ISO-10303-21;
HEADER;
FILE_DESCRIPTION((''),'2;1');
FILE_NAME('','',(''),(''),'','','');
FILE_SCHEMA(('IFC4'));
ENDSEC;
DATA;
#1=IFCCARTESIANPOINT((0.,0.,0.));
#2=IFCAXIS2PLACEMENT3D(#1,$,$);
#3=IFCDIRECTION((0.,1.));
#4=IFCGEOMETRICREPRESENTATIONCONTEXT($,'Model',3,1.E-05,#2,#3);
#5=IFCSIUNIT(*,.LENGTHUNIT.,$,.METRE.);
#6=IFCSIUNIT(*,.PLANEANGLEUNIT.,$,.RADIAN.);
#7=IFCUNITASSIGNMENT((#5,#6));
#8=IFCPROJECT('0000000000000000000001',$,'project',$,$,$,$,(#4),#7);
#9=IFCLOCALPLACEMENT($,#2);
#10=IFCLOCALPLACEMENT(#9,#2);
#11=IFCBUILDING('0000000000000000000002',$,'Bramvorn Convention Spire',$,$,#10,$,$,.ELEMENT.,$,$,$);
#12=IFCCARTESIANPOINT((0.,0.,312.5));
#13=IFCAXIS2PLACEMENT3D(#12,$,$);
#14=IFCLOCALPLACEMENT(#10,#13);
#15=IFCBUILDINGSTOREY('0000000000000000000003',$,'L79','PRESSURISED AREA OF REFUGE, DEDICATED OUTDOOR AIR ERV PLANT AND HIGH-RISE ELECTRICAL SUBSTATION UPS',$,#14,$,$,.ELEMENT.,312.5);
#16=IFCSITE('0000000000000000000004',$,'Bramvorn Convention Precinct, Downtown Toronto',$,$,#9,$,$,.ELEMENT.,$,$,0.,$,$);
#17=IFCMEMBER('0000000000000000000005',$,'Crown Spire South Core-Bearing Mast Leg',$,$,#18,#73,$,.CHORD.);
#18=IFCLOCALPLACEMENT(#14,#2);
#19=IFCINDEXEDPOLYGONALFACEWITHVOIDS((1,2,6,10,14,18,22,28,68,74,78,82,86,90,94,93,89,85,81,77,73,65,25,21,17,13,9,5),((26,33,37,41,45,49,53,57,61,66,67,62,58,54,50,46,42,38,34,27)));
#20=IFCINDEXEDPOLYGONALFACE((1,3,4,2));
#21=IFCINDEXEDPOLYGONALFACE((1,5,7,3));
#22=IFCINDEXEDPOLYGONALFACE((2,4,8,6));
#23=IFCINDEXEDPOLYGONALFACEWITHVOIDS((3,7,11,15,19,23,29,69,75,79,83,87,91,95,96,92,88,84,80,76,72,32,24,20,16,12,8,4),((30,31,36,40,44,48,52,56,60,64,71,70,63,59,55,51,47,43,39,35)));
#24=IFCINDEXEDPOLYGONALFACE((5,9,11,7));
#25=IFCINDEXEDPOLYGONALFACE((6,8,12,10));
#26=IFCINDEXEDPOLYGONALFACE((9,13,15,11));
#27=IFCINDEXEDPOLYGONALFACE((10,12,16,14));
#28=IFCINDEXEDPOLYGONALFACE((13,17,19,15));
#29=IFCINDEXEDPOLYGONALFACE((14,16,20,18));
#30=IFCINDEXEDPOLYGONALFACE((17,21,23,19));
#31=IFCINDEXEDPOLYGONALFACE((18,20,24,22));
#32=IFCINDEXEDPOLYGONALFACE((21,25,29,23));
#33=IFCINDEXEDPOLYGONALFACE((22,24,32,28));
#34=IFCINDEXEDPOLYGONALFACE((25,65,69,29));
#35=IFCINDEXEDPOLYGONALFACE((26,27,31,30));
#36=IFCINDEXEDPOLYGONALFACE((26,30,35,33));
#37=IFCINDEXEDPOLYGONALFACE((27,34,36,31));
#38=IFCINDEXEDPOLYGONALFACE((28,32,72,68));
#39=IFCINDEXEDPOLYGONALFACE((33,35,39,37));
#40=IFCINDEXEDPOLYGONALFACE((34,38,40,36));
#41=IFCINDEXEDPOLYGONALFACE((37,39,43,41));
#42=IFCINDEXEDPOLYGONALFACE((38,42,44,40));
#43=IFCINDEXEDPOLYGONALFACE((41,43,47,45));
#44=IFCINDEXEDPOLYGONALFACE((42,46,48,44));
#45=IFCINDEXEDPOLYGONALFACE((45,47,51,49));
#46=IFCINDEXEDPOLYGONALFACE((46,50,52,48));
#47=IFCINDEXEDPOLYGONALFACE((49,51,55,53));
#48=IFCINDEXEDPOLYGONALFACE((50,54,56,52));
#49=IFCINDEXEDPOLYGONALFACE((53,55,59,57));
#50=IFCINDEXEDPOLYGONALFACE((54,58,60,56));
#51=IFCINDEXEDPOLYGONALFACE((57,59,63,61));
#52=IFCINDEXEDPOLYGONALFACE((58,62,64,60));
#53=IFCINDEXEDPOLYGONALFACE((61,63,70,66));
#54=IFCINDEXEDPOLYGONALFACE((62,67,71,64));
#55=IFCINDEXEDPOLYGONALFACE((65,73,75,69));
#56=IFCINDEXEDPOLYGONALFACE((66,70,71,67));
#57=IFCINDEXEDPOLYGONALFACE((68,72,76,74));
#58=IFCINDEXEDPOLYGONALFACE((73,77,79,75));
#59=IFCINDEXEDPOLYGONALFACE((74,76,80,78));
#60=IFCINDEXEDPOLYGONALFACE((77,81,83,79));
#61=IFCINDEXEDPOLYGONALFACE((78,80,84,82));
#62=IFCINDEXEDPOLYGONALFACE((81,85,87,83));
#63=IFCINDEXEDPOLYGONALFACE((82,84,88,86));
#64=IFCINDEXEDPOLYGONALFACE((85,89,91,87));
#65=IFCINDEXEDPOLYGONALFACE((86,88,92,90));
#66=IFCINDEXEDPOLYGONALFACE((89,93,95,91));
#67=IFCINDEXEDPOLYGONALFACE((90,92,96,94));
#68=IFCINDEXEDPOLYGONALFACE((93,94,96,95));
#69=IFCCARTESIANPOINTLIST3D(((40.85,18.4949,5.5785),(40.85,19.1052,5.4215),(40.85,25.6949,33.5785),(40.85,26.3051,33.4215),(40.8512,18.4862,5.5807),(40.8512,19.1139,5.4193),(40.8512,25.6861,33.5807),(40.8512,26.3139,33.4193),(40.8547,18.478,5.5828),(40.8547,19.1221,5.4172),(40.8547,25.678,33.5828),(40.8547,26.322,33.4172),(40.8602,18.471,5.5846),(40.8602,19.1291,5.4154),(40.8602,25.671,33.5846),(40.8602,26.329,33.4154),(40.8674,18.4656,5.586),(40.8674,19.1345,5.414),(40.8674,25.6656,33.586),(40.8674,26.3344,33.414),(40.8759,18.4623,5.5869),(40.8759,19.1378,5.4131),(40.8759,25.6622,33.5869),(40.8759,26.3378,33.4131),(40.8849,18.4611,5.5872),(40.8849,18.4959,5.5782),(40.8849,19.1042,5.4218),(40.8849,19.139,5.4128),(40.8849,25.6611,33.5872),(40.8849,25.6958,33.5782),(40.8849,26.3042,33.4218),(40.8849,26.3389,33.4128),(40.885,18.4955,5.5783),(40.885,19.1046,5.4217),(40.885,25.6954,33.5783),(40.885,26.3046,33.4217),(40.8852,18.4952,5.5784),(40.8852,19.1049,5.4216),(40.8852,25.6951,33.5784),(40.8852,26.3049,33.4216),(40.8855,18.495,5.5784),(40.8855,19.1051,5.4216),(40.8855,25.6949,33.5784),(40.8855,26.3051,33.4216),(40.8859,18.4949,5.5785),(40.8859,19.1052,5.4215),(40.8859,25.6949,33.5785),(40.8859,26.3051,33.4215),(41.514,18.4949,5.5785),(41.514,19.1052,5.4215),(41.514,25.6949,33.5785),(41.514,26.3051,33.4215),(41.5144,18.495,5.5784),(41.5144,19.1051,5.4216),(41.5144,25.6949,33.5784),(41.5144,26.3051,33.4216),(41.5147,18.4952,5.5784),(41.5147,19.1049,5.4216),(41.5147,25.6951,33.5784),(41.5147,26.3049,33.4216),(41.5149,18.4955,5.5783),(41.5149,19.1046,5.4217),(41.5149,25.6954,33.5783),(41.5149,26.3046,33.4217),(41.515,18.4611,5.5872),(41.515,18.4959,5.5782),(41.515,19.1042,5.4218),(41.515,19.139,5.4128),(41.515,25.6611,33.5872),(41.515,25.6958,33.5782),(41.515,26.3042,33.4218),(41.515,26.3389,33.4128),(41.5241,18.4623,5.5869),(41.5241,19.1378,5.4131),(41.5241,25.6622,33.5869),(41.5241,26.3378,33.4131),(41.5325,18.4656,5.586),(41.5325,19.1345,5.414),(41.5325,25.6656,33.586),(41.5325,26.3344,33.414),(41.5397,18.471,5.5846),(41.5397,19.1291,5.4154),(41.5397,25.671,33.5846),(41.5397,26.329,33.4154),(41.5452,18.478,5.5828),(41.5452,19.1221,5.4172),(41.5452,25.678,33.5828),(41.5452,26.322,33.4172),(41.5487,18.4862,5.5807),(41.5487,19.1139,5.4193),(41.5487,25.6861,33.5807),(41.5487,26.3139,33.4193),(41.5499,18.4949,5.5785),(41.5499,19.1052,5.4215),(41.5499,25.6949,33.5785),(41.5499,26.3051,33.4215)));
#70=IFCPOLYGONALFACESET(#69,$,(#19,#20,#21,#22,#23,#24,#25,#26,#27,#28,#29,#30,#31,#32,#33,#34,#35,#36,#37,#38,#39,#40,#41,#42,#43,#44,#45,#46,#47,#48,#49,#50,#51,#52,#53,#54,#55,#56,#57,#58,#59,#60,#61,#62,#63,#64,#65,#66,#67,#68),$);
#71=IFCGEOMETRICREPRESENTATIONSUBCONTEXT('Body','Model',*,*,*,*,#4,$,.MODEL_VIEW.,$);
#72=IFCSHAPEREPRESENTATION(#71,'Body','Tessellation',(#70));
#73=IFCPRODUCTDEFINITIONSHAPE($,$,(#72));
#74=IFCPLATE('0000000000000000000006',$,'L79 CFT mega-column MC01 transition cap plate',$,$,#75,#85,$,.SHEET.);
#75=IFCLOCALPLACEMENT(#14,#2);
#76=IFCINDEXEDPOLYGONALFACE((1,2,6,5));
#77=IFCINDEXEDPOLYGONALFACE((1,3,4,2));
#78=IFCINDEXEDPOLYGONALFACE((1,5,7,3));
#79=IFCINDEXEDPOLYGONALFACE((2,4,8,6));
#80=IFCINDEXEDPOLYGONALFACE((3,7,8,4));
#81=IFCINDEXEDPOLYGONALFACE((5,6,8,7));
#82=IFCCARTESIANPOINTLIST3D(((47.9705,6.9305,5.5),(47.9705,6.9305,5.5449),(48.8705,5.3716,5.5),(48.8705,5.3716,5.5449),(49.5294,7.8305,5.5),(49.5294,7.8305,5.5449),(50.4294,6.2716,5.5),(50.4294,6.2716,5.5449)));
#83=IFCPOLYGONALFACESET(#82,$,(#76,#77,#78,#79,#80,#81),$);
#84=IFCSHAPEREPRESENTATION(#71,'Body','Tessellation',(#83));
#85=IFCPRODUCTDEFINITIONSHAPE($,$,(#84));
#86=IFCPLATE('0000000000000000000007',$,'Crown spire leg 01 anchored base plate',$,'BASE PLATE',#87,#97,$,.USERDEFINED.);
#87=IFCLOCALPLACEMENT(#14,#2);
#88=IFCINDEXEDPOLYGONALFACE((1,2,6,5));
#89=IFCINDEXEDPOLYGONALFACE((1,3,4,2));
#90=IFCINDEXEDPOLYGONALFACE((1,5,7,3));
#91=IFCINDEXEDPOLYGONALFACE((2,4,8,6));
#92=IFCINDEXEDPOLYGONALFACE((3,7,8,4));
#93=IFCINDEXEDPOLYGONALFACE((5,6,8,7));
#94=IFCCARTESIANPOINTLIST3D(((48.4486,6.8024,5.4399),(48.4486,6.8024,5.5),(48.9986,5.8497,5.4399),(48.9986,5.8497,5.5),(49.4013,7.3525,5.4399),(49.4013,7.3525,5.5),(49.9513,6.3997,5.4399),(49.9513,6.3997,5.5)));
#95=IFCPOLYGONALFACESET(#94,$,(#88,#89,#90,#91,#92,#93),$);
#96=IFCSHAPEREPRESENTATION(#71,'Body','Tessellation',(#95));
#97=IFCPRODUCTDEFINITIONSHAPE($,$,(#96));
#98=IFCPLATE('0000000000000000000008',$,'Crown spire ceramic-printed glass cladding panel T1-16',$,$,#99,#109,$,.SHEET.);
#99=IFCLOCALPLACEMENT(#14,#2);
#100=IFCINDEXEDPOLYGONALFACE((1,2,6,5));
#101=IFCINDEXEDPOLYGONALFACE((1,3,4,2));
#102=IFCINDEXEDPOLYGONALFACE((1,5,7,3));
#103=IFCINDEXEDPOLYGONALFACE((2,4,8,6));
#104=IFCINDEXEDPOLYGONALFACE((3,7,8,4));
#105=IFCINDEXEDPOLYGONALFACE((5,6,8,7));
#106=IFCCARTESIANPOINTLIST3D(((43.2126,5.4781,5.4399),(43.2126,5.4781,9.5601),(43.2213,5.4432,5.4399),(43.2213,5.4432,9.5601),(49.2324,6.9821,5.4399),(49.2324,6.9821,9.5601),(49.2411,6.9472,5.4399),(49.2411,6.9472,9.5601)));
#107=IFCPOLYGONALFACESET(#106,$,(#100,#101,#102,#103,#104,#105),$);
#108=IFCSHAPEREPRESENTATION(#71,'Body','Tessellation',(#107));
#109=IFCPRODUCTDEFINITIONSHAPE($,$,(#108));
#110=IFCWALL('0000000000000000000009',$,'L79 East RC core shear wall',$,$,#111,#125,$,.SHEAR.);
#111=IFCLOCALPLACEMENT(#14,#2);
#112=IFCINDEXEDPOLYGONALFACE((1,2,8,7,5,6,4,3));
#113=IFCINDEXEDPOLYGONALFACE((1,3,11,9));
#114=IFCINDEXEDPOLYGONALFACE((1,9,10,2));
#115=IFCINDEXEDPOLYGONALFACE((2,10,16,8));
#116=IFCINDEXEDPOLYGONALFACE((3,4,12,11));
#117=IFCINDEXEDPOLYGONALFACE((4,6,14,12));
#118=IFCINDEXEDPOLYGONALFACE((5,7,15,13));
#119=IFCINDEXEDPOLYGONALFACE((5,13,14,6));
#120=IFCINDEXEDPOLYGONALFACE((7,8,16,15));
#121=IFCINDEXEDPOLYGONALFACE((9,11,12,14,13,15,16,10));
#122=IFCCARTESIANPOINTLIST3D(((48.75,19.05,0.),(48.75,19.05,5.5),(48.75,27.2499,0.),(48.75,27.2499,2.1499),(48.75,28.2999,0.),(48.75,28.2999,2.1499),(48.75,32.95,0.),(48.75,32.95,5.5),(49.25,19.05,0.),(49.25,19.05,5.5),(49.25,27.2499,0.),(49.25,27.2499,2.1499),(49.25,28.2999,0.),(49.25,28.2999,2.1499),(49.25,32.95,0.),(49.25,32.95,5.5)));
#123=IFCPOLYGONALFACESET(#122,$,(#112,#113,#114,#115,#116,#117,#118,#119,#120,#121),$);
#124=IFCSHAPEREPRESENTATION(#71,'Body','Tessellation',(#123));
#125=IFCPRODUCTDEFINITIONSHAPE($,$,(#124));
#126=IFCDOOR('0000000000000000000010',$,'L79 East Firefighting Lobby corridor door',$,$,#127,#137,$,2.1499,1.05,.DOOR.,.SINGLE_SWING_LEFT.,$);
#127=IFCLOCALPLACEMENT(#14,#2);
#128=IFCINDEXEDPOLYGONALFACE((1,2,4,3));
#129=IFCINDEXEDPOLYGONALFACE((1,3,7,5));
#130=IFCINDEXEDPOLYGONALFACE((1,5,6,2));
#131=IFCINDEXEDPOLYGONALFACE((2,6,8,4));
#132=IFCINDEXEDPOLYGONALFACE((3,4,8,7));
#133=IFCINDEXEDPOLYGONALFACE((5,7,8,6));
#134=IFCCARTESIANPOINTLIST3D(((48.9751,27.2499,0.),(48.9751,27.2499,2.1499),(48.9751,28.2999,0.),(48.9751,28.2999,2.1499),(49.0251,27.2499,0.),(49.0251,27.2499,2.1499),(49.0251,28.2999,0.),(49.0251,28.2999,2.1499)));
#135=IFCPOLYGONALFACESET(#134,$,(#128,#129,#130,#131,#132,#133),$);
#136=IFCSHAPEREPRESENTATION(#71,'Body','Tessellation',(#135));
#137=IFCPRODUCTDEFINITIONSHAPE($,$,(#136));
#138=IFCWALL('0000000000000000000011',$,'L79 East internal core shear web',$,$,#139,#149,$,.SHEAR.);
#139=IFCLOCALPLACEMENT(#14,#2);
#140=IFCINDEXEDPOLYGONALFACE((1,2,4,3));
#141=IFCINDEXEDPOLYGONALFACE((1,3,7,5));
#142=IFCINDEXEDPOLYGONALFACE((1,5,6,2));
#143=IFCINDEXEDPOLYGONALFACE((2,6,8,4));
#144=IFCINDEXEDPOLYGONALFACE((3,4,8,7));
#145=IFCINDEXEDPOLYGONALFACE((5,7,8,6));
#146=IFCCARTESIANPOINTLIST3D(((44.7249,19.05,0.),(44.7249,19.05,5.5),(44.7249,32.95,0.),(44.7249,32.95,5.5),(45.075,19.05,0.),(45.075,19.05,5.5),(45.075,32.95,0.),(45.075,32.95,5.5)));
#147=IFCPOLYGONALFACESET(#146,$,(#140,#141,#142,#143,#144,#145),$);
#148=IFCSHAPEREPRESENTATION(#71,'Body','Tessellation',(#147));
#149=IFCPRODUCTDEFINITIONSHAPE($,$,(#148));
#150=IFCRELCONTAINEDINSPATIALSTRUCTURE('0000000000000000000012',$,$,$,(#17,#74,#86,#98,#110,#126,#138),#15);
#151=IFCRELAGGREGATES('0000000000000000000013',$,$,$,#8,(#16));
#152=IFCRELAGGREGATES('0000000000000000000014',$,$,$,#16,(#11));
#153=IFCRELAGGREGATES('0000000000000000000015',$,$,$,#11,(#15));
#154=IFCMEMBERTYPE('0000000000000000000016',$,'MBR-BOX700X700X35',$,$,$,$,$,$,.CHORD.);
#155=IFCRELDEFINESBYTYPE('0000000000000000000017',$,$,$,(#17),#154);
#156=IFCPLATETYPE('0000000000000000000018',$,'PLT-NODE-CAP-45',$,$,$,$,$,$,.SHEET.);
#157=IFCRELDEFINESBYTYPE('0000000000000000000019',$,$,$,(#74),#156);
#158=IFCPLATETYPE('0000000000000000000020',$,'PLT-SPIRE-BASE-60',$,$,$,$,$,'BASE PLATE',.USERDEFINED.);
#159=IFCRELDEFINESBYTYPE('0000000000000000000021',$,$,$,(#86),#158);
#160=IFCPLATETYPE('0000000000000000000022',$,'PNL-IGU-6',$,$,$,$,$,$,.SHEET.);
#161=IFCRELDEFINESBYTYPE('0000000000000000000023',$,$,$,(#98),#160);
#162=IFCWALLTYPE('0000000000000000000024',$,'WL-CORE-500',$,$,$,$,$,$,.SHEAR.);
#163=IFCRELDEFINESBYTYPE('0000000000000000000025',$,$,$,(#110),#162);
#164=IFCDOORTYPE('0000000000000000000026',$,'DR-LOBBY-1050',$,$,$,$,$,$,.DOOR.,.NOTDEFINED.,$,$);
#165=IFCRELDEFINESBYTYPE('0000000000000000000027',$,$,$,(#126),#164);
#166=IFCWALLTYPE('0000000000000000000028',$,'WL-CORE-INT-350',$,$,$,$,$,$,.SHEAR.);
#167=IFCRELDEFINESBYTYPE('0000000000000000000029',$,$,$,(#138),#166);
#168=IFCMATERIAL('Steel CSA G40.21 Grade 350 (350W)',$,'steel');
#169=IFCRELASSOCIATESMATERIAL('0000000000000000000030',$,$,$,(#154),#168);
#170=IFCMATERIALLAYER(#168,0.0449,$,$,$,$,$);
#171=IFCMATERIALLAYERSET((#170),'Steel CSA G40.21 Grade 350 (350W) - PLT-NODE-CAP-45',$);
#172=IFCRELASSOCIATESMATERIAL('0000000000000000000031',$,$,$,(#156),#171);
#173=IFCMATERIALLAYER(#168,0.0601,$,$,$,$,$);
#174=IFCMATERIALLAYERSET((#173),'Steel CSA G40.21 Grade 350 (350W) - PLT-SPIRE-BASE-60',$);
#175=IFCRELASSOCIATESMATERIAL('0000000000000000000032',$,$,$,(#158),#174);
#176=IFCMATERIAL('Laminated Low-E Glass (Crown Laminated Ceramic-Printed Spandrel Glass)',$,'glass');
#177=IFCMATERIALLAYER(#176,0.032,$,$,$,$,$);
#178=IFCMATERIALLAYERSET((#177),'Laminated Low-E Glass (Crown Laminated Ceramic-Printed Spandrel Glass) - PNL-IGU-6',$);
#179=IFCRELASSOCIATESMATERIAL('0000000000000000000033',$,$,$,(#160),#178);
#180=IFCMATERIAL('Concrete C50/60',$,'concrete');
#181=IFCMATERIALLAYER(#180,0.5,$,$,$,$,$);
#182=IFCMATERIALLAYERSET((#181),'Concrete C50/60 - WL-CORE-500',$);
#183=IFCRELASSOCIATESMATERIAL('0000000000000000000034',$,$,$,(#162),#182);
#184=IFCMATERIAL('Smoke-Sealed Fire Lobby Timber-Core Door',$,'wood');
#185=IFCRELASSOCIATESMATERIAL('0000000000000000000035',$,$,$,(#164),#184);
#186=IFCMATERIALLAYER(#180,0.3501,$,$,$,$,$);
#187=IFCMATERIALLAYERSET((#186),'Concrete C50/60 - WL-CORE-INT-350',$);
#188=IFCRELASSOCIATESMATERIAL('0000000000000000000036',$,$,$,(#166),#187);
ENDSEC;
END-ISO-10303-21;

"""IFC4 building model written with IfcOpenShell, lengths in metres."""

from ifc_helpers import new_model, si_unit, direction, frame, frame_2d, origin, origin_2d, place, context, subcontext, project, spatial, rectangle, hollow_rectangle, extrude, material, layer, layer_set, material_profile, profile_set, type_object, element, fill, save


model = new_model("IFC4")

# Units and contexts
model_context = context("Model", 3, precision=1e-05, world=origin(), true_north=direction((0.0, 1.0)))
body_context = subcontext(model_context, "Body", "Model", "MODEL_VIEW")
ifc_project = project(units=[si_unit("LENGTHUNIT", "METRE"), si_unit("PLANEANGLEUNIT", "RADIAN")], contexts=[model_context])

# Site, building, storey
site_placement = place(None, origin())
site = spatial("IfcSite", under=ifc_project, at=site_placement, Name="Bramvorn Convention Precinct, Downtown Toronto", CompositionType="ELEMENT", RefElevation=0.0)
building_placement = place(site_placement, origin())
building = spatial("IfcBuilding", under=site, at=building_placement, Name="Bramvorn Convention Spire", CompositionType="ELEMENT")
storey_placement = place(building_placement, frame((0.0, 0.0, 312.5)))
storey = spatial("IfcBuildingStorey", under=building, at=storey_placement, Name="L79", Description="PRESSURISED AREA OF REFUGE, DEDICATED OUTDOOR AIR ERV PLANT AND HIGH-RISE ELECTRICAL SUBSTATION UPS", CompositionType="ELEMENT", Elevation=312.5)

# Shared definitions
ifc_material_1 = material(Name="Steel CSA G40.21 Grade 350 (350W)", Category="steel")

# Member
ifc_material_profile_1 = material_profile(ifc_material_1, hollow_rectangle(XDim=0.7, YDim=0.7, WallThickness=0.0349, InnerFilletRadius=0.001, OuterFilletRadius=0.0349, at=origin_2d()))
ifc_profile_set_1 = profile_set([ifc_material_profile_1], Name="Steel CSA G40.21 Grade 350 (350W) - BOX700X700X35")
member_type = type_object("IfcMemberType", Name="MBR-BOX700X700X35", PredefinedType="CHORD", material=ifc_profile_set_1)
member_placement = place(storey_placement, frame((41.2, 18.8, 5.5), z_axis=(0.0, 0.249039, 0.968493), x_axis=(-1.0, 0.0, 0.0)))
element("IfcMember", 1, at=member_placement, inside=storey, type_object=member_type, Name="Crown Spire South Core-Bearing Mast Leg", PredefinedType="CHORD", context=body_context, shape_type="SweptSolid", body=[
    extrude(hollow_rectangle(XDim=0.7, YDim=0.7, WallThickness=0.0349, InnerFilletRadius=0.001, OuterFilletRadius=0.0349, at=origin_2d()), origin(), (0.0, 0.0, 1.0), 28.9109),
])

# Plates
ifc_layer_1 = layer(ifc_material_1, 0.0449)
ifc_layer_set_1 = layer_set([ifc_layer_1], Name="Steel CSA G40.21 Grade 350 (350W) - PLT-NODE-CAP-45")
plate_type_1 = type_object("IfcPlateType", Name="PLT-NODE-CAP-45", PredefinedType="SHEET", material=ifc_layer_set_1)
plate_1_placement = place(storey_placement, frame((49.2, 6.6011, 5.5), z_axis=(0.0, 0.0, 1.0), x_axis=(0.499999, -0.866026, 0.0)))
element("IfcPlate", 2, at=plate_1_placement, inside=storey, type_object=plate_type_1, Name="L79 CFT mega-column MC01 transition cap plate", PredefinedType="SHEET", context=body_context, shape_type="SweptSolid", body=[
    extrude(rectangle(XDim=1.8, YDim=1.8, at=origin_2d()), origin(), (0.0, 0.0, 1.0), 0.0449),
])
ifc_layer_2 = layer(ifc_material_1, 0.0601)
ifc_layer_set_2 = layer_set([ifc_layer_2], Name="Steel CSA G40.21 Grade 350 (350W) - PLT-SPIRE-BASE-60")
plate_type_2 = type_object("IfcPlateType", Name="PLT-SPIRE-BASE-60", ElementType="BASE PLATE", PredefinedType="USERDEFINED", material=ifc_layer_set_2)
plate_2_placement = place(storey_placement, frame((49.2, 6.6011, 5.4399), z_axis=(0.0, 0.0, 1.0), x_axis=(0.499999, -0.866026, 0.0)))
element("IfcPlate", 3, at=plate_2_placement, inside=storey, type_object=plate_type_2, Name="Crown spire leg 01 anchored base plate", ObjectType="BASE PLATE", PredefinedType="USERDEFINED", context=body_context, shape_type="SweptSolid", body=[
    extrude(rectangle(XDim=1.1001, YDim=1.1001, at=origin_2d()), origin(), (0.0, 0.0, 1.0), 0.0601),
])
ifc_material_2 = material(Name="Laminated Low-E Glass (Crown Laminated Ceramic-Printed Spandrel Glass)", Category="glass")
ifc_layer_3 = layer(ifc_material_2, 0.032)
ifc_layer_set_3 = layer_set([ifc_layer_3], Name="Laminated Low-E Glass (Crown Laminated Ceramic-Printed Spandrel Glass) - PNL-IGU-6")
plate_type_3 = type_object("IfcPlateType", Name="PNL-IGU-6", PredefinedType="SHEET", material=ifc_layer_set_3)
plate_3_placement = place(storey_placement, frame((46.2268, 6.2126, 5.4399), z_axis=(0.0, 0.0, 1.0), x_axis=(0.970178, 0.242393, 0.0)))
element("IfcPlate", 4, at=plate_3_placement, inside=storey, type_object=plate_type_3, Name="Crown spire ceramic-printed glass cladding panel T1-16", PredefinedType="SHEET", context=body_context, shape_type="SweptSolid", body=[
    extrude(rectangle(XDim=6.2048, YDim=0.0359, at=origin_2d()), origin(), (0.0, 0.0, 1.0), 4.1201),
])

# Wall, opening, door
ifc_material_3 = material(Name="Concrete C50/60", Category="concrete")
ifc_layer_4 = layer(ifc_material_3, 0.5)
ifc_layer_set_4 = layer_set([ifc_layer_4], Name="Concrete C50/60 - WL-CORE-500")
wall_type_1 = type_object("IfcWallType", Name="WL-CORE-500", PredefinedType="SHEAR", material=ifc_layer_set_4)
wall_1_placement = place(storey_placement, frame((49.0, 19.05, 0.0), z_axis=(0.0, 0.0, 1.0), x_axis=(0.0, 1.0, 0.0)))
wall_1 = element("IfcWall", 5, at=wall_1_placement, inside=storey, type_object=wall_type_1, Name="L79 East RC core shear wall", PredefinedType="SHEAR", context=body_context, shape_type="SweptSolid", body=[
    extrude(rectangle(XDim=13.8999, YDim=0.5, at=frame_2d((6.95, 0.0))), origin(), (0.0, 0.0, 1.0), 5.5),
])
opening_1_placement = place(wall_1_placement, frame((8.2, 0.0, 0.0)))
opening_1 = element("IfcOpeningElement", 6, at=opening_1_placement, cuts=wall_1, PredefinedType="OPENING", context=body_context, shape_type="SweptSolid", body=[
    extrude(rectangle(XDim=1.05, YDim=2.1499, at=frame_2d((0.5249, 1.075))), frame((0.0, 0.26, 0.0), z_axis=(0.0, -1.0, 0.0), x_axis=(1.0, 0.0, 0.0)), (0.0, 0.0, 1.0), 0.52),
])
ifc_material_4 = material(Name="Smoke-Sealed Fire Lobby Timber-Core Door", Category="wood")
door_type_1 = type_object("IfcDoorType", Name="DR-LOBBY-1050", OperationType="NOTDEFINED", PredefinedType="DOOR", material=ifc_material_4)
door_1_placement = place(opening_1_placement, origin())
door_1 = element("IfcDoor", 7, at=door_1_placement, inside=storey, type_object=door_type_1, Name="L79 East Firefighting Lobby corridor door", OperationType="SINGLE_SWING_LEFT", OverallHeight=2.1499, OverallWidth=1.05, PredefinedType="DOOR", context=body_context, shape_type="SweptSolid", body=[
    extrude(rectangle(XDim=1.05, YDim=2.1499, at=frame_2d((0.5249, 1.075))), frame((0.0, 0.0249, 0.0), z_axis=(0.0, -1.0, 0.0), x_axis=(1.0, 0.0, 0.0)), (0.0, 0.0, 1.0), 0.05),
])
fill(opening_1, door_1)

# Wall
ifc_layer_5 = layer(ifc_material_3, 0.3501)
ifc_layer_set_5 = layer_set([ifc_layer_5], Name="Concrete C50/60 - WL-CORE-INT-350")
wall_type_2 = type_object("IfcWallType", Name="WL-CORE-INT-350", PredefinedType="SHEAR", material=ifc_layer_set_5)
wall_2_placement = place(storey_placement, frame((44.8999, 19.05, 0.0), z_axis=(0.0, 0.0, 1.0), x_axis=(0.0, 1.0, 0.0)))
element("IfcWall", 8, at=wall_2_placement, inside=storey, type_object=wall_type_2, Name="L79 East internal core shear web", PredefinedType="SHEAR", context=body_context, shape_type="SweptSolid", body=[
    extrude(rectangle(XDim=13.8999, YDim=0.3501, at=frame_2d((6.95, 0.0))), origin(), (0.0, 0.0, 1.0), 5.5),
])

save(model, "model.ifc")
